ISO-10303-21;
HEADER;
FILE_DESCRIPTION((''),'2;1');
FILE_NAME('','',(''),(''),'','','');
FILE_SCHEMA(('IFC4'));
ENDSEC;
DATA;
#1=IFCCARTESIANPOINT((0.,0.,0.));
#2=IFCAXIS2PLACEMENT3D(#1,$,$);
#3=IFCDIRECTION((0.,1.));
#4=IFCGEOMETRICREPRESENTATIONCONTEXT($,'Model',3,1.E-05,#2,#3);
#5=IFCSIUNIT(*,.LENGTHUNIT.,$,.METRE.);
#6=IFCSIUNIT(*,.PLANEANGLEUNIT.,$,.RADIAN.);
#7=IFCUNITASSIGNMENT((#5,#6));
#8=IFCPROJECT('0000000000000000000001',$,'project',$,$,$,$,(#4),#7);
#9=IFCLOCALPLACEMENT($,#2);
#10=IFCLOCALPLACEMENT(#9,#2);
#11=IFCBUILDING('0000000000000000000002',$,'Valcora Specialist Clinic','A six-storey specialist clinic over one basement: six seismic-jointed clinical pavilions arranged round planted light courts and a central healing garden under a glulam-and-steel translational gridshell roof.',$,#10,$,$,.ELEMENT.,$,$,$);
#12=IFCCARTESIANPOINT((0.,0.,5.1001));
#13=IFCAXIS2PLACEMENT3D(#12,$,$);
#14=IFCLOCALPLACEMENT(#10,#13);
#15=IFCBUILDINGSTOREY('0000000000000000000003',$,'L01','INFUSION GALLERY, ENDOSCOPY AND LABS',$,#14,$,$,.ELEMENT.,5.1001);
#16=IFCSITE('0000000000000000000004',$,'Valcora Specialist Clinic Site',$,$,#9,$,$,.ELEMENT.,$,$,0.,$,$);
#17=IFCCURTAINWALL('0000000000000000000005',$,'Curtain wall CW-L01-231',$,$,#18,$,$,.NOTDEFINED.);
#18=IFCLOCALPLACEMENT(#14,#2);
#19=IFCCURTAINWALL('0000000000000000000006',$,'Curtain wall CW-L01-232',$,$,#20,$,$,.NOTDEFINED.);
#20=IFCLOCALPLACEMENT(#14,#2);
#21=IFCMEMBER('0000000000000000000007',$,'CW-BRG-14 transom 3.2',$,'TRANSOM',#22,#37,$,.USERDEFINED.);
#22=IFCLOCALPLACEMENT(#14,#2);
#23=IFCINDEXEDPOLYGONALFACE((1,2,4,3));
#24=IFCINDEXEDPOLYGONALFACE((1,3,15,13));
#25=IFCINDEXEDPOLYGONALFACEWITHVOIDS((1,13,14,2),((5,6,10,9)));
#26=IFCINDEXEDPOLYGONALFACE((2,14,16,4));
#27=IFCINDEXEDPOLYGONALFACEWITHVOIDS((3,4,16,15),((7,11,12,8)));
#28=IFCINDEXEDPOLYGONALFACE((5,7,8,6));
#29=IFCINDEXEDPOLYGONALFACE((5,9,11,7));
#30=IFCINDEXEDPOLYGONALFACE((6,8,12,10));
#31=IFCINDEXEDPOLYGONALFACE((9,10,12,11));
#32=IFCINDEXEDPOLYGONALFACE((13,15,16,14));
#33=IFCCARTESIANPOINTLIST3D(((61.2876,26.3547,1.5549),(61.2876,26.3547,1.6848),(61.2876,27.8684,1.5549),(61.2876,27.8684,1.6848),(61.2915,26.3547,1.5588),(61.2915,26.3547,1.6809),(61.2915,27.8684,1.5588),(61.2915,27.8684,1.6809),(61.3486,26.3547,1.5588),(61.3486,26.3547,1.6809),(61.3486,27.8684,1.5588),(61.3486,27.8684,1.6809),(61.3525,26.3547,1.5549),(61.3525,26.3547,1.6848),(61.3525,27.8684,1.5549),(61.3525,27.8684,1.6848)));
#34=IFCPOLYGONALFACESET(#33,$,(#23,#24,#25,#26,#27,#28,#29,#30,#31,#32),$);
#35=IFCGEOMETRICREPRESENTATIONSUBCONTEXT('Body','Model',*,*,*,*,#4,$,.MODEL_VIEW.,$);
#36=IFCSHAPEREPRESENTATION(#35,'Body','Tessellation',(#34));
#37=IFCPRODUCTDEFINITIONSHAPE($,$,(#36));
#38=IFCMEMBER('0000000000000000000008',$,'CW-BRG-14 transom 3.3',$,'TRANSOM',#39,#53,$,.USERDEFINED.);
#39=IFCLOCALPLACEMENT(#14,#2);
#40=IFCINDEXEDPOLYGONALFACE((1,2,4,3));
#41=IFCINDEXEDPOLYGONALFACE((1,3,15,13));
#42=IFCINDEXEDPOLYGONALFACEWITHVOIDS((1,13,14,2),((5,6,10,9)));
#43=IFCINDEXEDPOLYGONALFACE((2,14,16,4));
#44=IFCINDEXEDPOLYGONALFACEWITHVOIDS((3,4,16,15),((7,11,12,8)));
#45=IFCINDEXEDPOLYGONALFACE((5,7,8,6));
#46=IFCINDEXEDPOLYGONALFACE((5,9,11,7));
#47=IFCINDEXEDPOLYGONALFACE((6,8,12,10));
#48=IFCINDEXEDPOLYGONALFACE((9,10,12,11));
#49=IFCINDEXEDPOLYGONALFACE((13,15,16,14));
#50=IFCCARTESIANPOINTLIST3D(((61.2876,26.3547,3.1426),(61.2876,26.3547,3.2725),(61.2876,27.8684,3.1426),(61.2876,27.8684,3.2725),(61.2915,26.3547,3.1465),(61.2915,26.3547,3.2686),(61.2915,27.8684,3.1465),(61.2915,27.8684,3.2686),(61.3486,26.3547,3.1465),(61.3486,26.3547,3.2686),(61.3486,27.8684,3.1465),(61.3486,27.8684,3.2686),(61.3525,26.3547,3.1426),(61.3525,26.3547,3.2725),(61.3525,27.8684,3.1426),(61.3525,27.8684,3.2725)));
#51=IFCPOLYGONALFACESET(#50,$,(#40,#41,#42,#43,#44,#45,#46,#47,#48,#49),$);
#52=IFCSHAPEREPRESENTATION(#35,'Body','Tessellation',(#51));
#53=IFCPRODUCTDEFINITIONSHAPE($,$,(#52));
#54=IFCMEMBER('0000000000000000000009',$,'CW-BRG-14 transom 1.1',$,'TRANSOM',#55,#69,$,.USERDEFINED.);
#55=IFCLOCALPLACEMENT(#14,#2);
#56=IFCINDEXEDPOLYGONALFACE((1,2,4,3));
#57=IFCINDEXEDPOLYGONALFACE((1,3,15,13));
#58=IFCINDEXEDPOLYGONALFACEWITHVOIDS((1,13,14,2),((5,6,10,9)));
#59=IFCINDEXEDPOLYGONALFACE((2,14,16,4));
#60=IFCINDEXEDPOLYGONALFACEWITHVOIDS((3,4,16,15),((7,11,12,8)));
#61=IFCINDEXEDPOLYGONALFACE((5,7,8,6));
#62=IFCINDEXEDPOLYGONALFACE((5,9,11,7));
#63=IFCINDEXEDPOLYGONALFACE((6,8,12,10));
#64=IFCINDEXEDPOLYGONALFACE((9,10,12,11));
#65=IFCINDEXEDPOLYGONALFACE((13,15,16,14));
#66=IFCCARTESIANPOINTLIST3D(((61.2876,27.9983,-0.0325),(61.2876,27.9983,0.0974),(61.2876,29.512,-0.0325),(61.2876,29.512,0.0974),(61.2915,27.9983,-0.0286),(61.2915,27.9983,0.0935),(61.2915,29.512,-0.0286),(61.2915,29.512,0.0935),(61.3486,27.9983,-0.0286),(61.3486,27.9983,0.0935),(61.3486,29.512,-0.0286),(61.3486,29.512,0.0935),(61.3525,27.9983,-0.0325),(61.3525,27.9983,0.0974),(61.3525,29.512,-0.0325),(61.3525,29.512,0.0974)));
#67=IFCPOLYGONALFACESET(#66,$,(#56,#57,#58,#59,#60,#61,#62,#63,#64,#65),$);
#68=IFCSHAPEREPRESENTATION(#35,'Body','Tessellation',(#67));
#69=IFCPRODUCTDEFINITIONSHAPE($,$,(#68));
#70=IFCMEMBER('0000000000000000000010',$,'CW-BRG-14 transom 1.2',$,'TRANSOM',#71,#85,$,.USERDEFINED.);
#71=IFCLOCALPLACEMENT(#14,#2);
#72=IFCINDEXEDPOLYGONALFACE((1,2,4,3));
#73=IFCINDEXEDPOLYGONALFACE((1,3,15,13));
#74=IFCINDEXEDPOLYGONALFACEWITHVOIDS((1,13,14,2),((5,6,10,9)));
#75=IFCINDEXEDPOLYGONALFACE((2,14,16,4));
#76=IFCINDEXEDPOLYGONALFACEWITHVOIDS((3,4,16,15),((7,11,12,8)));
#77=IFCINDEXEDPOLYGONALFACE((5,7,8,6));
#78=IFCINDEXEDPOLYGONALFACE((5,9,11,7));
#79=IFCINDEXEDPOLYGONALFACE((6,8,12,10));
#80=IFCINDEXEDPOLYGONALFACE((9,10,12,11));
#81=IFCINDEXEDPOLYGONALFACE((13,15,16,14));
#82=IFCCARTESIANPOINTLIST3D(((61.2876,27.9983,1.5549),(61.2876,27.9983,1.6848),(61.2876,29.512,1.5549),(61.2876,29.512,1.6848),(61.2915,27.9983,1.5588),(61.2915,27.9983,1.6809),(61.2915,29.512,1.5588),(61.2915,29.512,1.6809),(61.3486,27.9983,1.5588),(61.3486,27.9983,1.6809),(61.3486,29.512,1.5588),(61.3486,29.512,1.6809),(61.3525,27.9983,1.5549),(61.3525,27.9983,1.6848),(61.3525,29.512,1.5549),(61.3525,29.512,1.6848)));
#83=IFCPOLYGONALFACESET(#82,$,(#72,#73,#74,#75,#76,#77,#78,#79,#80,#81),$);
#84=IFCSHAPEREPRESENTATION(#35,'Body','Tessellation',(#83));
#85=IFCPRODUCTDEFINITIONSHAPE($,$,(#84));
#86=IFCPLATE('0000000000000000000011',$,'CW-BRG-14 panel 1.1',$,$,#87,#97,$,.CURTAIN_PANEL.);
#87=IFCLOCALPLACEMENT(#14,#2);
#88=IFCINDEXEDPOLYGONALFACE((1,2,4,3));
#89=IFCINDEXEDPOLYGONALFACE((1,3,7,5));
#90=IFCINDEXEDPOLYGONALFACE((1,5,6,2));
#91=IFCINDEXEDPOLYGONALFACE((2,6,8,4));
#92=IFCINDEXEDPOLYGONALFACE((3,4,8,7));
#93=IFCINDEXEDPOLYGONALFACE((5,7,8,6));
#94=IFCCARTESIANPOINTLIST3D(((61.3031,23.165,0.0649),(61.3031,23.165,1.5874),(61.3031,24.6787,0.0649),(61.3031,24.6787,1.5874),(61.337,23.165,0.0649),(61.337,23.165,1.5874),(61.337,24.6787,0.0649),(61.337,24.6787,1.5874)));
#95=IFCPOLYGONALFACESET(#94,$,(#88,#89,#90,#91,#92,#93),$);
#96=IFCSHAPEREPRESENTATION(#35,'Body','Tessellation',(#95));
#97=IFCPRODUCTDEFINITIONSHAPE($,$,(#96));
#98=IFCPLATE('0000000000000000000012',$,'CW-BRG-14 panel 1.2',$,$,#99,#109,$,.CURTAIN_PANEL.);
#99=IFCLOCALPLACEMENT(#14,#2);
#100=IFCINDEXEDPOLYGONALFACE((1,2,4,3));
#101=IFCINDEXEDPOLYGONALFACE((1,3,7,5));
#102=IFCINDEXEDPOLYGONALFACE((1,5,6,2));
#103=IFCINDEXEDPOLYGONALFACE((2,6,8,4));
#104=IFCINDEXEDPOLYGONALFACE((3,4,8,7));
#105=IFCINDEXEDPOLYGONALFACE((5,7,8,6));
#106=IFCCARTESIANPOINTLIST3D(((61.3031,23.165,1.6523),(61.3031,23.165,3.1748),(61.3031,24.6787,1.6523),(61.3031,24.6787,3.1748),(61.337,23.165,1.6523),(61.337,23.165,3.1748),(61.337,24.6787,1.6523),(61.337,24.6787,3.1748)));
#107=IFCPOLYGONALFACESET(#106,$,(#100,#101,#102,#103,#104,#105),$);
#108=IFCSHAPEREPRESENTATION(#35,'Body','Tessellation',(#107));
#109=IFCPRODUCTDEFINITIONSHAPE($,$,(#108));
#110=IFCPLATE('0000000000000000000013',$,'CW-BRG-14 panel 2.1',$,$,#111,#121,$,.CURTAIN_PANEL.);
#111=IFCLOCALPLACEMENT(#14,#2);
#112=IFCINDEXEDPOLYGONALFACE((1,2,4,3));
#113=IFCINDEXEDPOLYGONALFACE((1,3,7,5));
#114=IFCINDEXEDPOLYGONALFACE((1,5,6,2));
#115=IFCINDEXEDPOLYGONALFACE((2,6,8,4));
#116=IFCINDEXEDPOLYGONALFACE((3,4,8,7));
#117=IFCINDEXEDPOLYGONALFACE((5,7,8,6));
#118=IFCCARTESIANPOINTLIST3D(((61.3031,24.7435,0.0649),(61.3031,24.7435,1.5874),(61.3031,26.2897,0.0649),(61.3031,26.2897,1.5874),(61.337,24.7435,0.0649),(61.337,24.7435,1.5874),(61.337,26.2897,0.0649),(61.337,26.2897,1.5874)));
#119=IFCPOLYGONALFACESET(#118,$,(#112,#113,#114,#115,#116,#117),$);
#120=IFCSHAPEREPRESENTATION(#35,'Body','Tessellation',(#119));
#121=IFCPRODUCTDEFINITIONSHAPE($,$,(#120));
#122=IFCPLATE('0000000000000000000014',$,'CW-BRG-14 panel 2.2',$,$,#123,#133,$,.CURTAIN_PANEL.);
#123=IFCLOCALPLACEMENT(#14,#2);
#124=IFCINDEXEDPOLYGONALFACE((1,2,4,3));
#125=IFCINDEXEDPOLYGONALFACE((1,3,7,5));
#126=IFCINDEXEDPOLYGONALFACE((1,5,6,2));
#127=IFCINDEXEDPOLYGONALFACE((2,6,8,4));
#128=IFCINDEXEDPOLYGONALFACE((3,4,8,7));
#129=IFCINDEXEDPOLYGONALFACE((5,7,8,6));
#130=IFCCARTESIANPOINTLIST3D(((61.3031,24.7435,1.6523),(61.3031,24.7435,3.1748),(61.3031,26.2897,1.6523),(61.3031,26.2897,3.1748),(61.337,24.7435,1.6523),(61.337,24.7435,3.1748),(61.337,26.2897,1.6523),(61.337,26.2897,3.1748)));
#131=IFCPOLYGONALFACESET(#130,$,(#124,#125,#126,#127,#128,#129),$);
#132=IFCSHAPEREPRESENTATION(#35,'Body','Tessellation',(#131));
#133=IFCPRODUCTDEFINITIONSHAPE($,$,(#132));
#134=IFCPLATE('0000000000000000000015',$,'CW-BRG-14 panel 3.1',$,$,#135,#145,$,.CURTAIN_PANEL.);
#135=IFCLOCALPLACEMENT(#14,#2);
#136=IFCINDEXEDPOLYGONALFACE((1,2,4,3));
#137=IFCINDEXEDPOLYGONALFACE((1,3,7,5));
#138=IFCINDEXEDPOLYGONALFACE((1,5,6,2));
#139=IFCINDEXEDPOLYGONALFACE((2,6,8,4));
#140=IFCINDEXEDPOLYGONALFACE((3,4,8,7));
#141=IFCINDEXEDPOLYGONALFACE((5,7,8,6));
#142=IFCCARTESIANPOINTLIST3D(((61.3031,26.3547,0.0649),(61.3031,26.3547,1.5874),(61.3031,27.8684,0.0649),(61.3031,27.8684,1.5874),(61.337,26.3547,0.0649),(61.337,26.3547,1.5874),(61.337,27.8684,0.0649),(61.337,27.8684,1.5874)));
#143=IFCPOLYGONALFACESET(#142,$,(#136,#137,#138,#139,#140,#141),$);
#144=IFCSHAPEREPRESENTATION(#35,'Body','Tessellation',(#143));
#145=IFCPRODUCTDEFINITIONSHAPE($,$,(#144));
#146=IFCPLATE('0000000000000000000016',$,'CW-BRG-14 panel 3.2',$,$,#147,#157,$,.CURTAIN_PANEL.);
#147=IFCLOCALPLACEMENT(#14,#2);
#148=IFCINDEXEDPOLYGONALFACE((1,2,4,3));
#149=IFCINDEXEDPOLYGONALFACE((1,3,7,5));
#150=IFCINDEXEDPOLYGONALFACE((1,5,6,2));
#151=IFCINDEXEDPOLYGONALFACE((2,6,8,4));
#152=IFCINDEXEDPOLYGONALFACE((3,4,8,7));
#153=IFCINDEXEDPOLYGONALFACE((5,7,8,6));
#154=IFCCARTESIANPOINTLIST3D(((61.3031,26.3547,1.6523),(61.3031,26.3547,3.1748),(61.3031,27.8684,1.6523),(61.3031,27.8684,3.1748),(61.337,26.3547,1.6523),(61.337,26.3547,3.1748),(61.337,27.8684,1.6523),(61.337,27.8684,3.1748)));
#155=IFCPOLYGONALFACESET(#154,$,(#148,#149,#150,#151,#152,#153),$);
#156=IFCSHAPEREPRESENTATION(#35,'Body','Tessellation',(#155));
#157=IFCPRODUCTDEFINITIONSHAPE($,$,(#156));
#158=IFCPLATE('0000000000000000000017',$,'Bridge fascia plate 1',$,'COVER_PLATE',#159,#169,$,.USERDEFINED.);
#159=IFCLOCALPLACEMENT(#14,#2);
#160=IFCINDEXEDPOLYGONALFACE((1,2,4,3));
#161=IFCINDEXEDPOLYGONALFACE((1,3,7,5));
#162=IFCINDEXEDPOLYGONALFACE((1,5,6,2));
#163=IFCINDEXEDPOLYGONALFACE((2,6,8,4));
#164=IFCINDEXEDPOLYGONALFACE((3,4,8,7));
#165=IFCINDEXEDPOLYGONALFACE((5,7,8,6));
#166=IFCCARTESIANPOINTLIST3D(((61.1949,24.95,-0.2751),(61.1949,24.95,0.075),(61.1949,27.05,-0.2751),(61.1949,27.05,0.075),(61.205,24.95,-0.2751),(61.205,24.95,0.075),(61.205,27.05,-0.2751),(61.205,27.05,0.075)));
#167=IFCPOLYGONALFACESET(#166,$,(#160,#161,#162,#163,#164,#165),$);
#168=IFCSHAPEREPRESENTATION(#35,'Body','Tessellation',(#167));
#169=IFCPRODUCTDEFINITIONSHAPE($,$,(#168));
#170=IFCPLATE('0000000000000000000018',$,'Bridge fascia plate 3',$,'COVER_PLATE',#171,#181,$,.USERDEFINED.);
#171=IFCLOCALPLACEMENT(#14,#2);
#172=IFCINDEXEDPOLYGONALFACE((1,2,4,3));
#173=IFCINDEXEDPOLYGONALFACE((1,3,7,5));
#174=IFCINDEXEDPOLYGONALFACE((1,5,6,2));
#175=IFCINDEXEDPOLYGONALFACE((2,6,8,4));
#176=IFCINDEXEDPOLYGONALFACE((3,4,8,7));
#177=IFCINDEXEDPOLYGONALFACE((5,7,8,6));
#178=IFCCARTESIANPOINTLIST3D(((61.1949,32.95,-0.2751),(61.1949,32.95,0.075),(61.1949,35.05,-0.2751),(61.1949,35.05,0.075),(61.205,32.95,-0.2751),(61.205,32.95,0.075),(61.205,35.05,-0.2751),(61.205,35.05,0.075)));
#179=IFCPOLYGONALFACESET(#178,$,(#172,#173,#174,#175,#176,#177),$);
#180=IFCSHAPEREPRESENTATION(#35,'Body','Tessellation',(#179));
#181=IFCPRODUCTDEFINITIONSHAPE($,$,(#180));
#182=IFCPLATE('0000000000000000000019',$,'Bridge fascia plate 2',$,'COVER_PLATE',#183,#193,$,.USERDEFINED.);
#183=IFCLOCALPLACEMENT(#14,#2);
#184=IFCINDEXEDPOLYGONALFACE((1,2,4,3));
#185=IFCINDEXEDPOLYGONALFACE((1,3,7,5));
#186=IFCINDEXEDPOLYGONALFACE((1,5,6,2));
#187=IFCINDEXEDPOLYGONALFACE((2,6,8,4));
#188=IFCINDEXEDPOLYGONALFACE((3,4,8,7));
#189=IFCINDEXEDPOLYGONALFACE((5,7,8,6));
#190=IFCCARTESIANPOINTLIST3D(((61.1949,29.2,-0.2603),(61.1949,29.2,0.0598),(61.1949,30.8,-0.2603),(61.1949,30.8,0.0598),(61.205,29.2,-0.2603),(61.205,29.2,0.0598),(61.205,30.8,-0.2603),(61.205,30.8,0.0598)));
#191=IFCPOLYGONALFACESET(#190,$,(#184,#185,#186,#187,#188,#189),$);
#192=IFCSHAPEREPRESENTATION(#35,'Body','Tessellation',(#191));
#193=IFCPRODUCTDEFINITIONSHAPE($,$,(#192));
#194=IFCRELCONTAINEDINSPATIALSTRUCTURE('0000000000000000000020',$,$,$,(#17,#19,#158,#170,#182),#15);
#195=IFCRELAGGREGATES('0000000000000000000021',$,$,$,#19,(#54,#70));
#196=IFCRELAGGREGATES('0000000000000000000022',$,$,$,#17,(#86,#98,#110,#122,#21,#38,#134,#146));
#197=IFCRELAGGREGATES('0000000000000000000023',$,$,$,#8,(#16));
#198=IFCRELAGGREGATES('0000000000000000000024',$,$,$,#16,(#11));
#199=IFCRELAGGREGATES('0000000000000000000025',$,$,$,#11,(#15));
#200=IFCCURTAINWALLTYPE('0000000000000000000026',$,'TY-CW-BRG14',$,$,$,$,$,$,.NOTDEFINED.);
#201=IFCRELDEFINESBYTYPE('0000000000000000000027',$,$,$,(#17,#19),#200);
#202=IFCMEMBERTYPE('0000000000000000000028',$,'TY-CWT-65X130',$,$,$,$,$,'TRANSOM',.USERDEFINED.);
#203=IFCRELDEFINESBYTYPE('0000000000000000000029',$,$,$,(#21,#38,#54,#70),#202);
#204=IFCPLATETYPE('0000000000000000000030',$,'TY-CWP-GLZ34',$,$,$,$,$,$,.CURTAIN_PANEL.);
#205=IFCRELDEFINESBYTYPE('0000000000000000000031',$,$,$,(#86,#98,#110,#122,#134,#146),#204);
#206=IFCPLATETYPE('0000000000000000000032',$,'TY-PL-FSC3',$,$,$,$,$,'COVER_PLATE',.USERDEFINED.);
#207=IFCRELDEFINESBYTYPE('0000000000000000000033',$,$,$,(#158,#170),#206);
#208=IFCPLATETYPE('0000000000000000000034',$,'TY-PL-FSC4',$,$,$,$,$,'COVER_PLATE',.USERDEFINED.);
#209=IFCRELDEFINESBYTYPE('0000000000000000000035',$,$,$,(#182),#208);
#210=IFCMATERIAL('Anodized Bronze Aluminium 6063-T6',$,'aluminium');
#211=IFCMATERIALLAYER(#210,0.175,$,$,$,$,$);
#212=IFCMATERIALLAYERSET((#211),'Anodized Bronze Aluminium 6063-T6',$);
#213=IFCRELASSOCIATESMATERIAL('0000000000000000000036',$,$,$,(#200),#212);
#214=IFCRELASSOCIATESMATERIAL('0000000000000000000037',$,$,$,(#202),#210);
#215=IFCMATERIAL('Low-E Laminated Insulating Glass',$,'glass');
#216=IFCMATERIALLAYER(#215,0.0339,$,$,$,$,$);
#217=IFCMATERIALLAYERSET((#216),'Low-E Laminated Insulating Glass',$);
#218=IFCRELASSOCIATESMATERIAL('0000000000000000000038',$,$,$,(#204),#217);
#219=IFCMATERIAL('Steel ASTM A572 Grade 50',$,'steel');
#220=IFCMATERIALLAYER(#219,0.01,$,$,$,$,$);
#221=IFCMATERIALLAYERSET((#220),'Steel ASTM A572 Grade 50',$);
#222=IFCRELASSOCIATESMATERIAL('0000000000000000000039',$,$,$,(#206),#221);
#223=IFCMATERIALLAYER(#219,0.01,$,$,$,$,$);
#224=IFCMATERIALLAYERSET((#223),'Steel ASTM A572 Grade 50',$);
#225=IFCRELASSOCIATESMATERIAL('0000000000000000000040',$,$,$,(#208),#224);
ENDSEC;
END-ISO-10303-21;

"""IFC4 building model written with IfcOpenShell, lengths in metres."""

from ifc_helpers import new_model, si_unit, direction, frame, origin, origin_2d, place, context, subcontext, project, spatial, rectangle, hollow_rectangle, extrude, material, layer, layer_set, material_profile, profile_set, type_object, element, aggregate, save


model = new_model("IFC4")

# Units and contexts
model_context = context("Model", 3, precision=1e-05, world=origin(), true_north=direction((0.0, 1.0)))
body_context = subcontext(model_context, "Body", "Model", "MODEL_VIEW")
ifc_project = project(units=[si_unit("LENGTHUNIT", "METRE"), si_unit("PLANEANGLEUNIT", "RADIAN")], contexts=[model_context])

# Site, building, storey
site_placement = place(None, origin())
site = spatial("IfcSite", under=ifc_project, at=site_placement, Name="Valcora Specialist Clinic Site", CompositionType="ELEMENT", RefElevation=0.0)
building_placement = place(site_placement, origin())
building = spatial("IfcBuilding", under=site, at=building_placement, Name="Valcora Specialist Clinic", Description="A six-storey specialist clinic over one basement: six seismic-jointed clinical pavilions arranged round planted light courts and a central healing garden under a glulam-and-steel translational gridshell roof.", CompositionType="ELEMENT")
storey_placement = place(building_placement, frame((0.0, 0.0, 5.1001)))
storey = spatial("IfcBuildingStorey", under=building, at=storey_placement, Name="L01", Description="INFUSION GALLERY, ENDOSCOPY AND LABS", CompositionType="ELEMENT", Elevation=5.1001)

# Shared definitions
ifc_material_1 = material(Name="Anodized Bronze Aluminium 6063-T6", Category="aluminium")

# Curtain wall
ifc_layer_1 = layer(ifc_material_1, 0.175)
ifc_layer_set_1 = layer_set([ifc_layer_1], Name="Anodized Bronze Aluminium 6063-T6")
curtain_wall_type_1 = type_object("IfcCurtainWallType", Name="TY-CW-BRG14", PredefinedType="NOTDEFINED", material=ifc_layer_set_1)
curtain_wall_1_placement = place(storey_placement, origin())
curtain_wall_1 = element("IfcCurtainWall", 1, at=curtain_wall_1_placement, inside=storey, type_object=curtain_wall_type_1, Name="Curtain wall CW-L01-231", PredefinedType="NOTDEFINED")

# Curtain wall
curtain_wall_2_placement = place(storey_placement, origin())
curtain_wall_2 = element("IfcCurtainWall", 2, at=curtain_wall_2_placement, inside=storey, type_object=curtain_wall_type_1, Name="Curtain wall CW-L01-232", PredefinedType="NOTDEFINED")

# Members
ifc_material_profile_1 = material_profile(ifc_material_1, hollow_rectangle(XDim=0.0649, YDim=0.1299, WallThickness=0.0039, at=origin_2d()), Name="AL-TRN-65X130")
ifc_profile_set_1 = profile_set([ifc_material_profile_1], Name="Anodized Bronze Aluminium 6063-T6")
member_type_1 = type_object("IfcMemberType", Name="TY-CWT-65X130", ElementType="TRANSOM", PredefinedType="USERDEFINED", material=ifc_profile_set_1)
member_1_placement = place(storey_placement, frame((61.3201, 26.3547, 1.6199), z_axis=(0.0, 1.0, 0.0), x_axis=(-1.0, 0.0, 0.0)))
member_1 = element("IfcMember", 3, at=member_1_placement, type_object=member_type_1, Name="CW-BRG-14 transom 3.2", ObjectType="TRANSOM", PredefinedType="USERDEFINED", context=body_context, shape_type="SweptSolid", body=[
    extrude(hollow_rectangle(XDim=0.0649, YDim=0.1299, WallThickness=0.0039, at=origin_2d()), origin(), (0.0, 0.0, 1.0), 1.5137),
])
member_2_placement = place(storey_placement, frame((61.3201, 26.3547, 3.2075), z_axis=(0.0, 1.0, 0.0), x_axis=(-1.0, 0.0, 0.0)))
member_2 = element("IfcMember", 4, at=member_2_placement, type_object=member_type_1, Name="CW-BRG-14 transom 3.3", ObjectType="TRANSOM", PredefinedType="USERDEFINED", context=body_context, shape_type="SweptSolid", body=[
    extrude(hollow_rectangle(XDim=0.0649, YDim=0.1299, WallThickness=0.0039, at=origin_2d()), origin(), (0.0, 0.0, 1.0), 1.5137),
])
member_3_placement = place(storey_placement, frame((61.3201, 27.9983, 0.0325), z_axis=(0.0, 1.0, 0.0), x_axis=(-1.0, 0.0, 0.0)))
member_3 = element("IfcMember", 5, at=member_3_placement, type_object=member_type_1, Name="CW-BRG-14 transom 1.1", ObjectType="TRANSOM", PredefinedType="USERDEFINED", context=body_context, shape_type="SweptSolid", body=[
    extrude(hollow_rectangle(XDim=0.0649, YDim=0.1299, WallThickness=0.0039, at=origin_2d()), origin(), (0.0, 0.0, 1.0), 1.5137),
])
member_4_placement = place(storey_placement, frame((61.3201, 27.9983, 1.6199), z_axis=(0.0, 1.0, 0.0), x_axis=(-1.0, 0.0, 0.0)))
member_4 = element("IfcMember", 6, at=member_4_placement, type_object=member_type_1, Name="CW-BRG-14 transom 1.2", ObjectType="TRANSOM", PredefinedType="USERDEFINED", context=body_context, shape_type="SweptSolid", body=[
    extrude(hollow_rectangle(XDim=0.0649, YDim=0.1299, WallThickness=0.0039, at=origin_2d()), origin(), (0.0, 0.0, 1.0), 1.5137),
])
aggregate(curtain_wall_2, [member_3, member_4])

# Plates
ifc_material_2 = material(Name="Low-E Laminated Insulating Glass", Category="glass")
ifc_layer_2 = layer(ifc_material_2, 0.0339)
ifc_layer_set_2 = layer_set([ifc_layer_2], Name="Low-E Laminated Insulating Glass")
plate_type_1 = type_object("IfcPlateType", Name="TY-CWP-GLZ34", PredefinedType="CURTAIN_PANEL", material=ifc_layer_set_2)
plate_1_placement = place(storey_placement, frame((61.3201, 23.9219, 0.0649), z_axis=(0.0, 0.0, 1.0), x_axis=(0.0, 1.0, 0.0)))
plate_1 = element("IfcPlate", 7, at=plate_1_placement, type_object=plate_type_1, Name="CW-BRG-14 panel 1.1", PredefinedType="CURTAIN_PANEL", context=body_context, shape_type="SweptSolid", body=[
    extrude(rectangle(XDim=1.5137, YDim=0.0339, at=origin_2d()), origin(), (0.0, 0.0, 1.0), 1.5225),
])
plate_2_placement = place(storey_placement, frame((61.3201, 23.9219, 1.6523), z_axis=(0.0, 0.0, 1.0), x_axis=(0.0, 1.0, 0.0)))
plate_2 = element("IfcPlate", 8, at=plate_2_placement, type_object=plate_type_1, Name="CW-BRG-14 panel 1.2", PredefinedType="CURTAIN_PANEL", context=body_context, shape_type="SweptSolid", body=[
    extrude(rectangle(XDim=1.5137, YDim=0.0339, at=origin_2d()), origin(), (0.0, 0.0, 1.0), 1.5225),
])
plate_3_placement = place(storey_placement, frame((61.3201, 25.5166, 0.0649), z_axis=(0.0, 0.0, 1.0), x_axis=(0.0, 1.0, 0.0)))
plate_3 = element("IfcPlate", 9, at=plate_3_placement, type_object=plate_type_1, Name="CW-BRG-14 panel 2.1", PredefinedType="CURTAIN_PANEL", context=body_context, shape_type="SweptSolid", body=[
    extrude(rectangle(XDim=1.5461, YDim=0.0339, at=origin_2d()), origin(), (0.0, 0.0, 1.0), 1.5225),
])
plate_4_placement = place(storey_placement, frame((61.3201, 25.5166, 1.6523), z_axis=(0.0, 0.0, 1.0), x_axis=(0.0, 1.0, 0.0)))
plate_4 = element("IfcPlate", 10, at=plate_4_placement, type_object=plate_type_1, Name="CW-BRG-14 panel 2.2", PredefinedType="CURTAIN_PANEL", context=body_context, shape_type="SweptSolid", body=[
    extrude(rectangle(XDim=1.5461, YDim=0.0339, at=origin_2d()), origin(), (0.0, 0.0, 1.0), 1.5225),
])
plate_5_placement = place(storey_placement, frame((61.3201, 27.1116, 0.0649), z_axis=(0.0, 0.0, 1.0), x_axis=(0.0, 1.0, 0.0)))
plate_5 = element("IfcPlate", 11, at=plate_5_placement, type_object=plate_type_1, Name="CW-BRG-14 panel 3.1", PredefinedType="CURTAIN_PANEL", context=body_context, shape_type="SweptSolid", body=[
    extrude(rectangle(XDim=1.5137, YDim=0.0339, at=origin_2d()), origin(), (0.0, 0.0, 1.0), 1.5225),
])
plate_6_placement = place(storey_placement, frame((61.3201, 27.1116, 1.6523), z_axis=(0.0, 0.0, 1.0), x_axis=(0.0, 1.0, 0.0)))
plate_6 = element("IfcPlate", 12, at=plate_6_placement, type_object=plate_type_1, Name="CW-BRG-14 panel 3.2", PredefinedType="CURTAIN_PANEL", context=body_context, shape_type="SweptSolid", body=[
    extrude(rectangle(XDim=1.5137, YDim=0.0339, at=origin_2d()), origin(), (0.0, 0.0, 1.0), 1.5225),
])
aggregate(curtain_wall_1, [plate_1, plate_2, plate_3, plate_4, member_1, member_2, plate_5, plate_6])

# Plates
ifc_material_3 = material(Name="Steel ASTM A572 Grade 50", Category="steel")
ifc_layer_3 = layer(ifc_material_3, 0.01)
ifc_layer_set_3 = layer_set([ifc_layer_3], Name="Steel ASTM A572 Grade 50")
plate_type_2 = type_object("IfcPlateType", Name="TY-PL-FSC3", ElementType="COVER_PLATE", PredefinedType="USERDEFINED", material=ifc_layer_set_3)
for number, where, z_axis, x_axis, name in (
    (13, (61.2, 26.0, -0.2751), (0.0, 0.0, 1.0), (0.0, 1.0, 0.0), "Bridge fascia plate 1"),
    (14, (61.2, 34.0, -0.2751), (0.0, 0.0, 1.0), (0.0, 1.0, 0.0), "Bridge fascia plate 3"),
):
    element("IfcPlate", number, at=place(storey_placement, frame(where, z_axis=z_axis, x_axis=x_axis)), inside=storey, type_object=plate_type_2, Name=name, ObjectType="COVER_PLATE", PredefinedType="USERDEFINED", context=body_context, shape_type="SweptSolid", body=[
        extrude(rectangle(XDim=2.1001, YDim=0.01, at=origin_2d()), origin(), (0.0, 0.0, 1.0), 0.3501),
    ])
ifc_layer_4 = layer(ifc_material_3, 0.01)
ifc_layer_set_4 = layer_set([ifc_layer_4], Name="Steel ASTM A572 Grade 50")
plate_type_3 = type_object("IfcPlateType", Name="TY-PL-FSC4", ElementType="COVER_PLATE", PredefinedType="USERDEFINED", material=ifc_layer_set_4)
for number, where, z_axis, x_axis, name in (
    (15, (61.2, 30.0, -0.2603), (0.0, 0.0, 1.0), (0.0, 1.0, 0.0), "Bridge fascia plate 2"),
):
    element("IfcPlate", number, at=place(storey_placement, frame(where, z_axis=z_axis, x_axis=x_axis)), inside=storey, type_object=plate_type_3, Name=name, ObjectType="COVER_PLATE", PredefinedType="USERDEFINED", context=body_context, shape_type="SweptSolid", body=[
        extrude(rectangle(XDim=1.6001, YDim=0.01, at=origin_2d()), origin(), (0.0, 0.0, 1.0), 0.3201),
    ])

save(model, "model.ifc")
